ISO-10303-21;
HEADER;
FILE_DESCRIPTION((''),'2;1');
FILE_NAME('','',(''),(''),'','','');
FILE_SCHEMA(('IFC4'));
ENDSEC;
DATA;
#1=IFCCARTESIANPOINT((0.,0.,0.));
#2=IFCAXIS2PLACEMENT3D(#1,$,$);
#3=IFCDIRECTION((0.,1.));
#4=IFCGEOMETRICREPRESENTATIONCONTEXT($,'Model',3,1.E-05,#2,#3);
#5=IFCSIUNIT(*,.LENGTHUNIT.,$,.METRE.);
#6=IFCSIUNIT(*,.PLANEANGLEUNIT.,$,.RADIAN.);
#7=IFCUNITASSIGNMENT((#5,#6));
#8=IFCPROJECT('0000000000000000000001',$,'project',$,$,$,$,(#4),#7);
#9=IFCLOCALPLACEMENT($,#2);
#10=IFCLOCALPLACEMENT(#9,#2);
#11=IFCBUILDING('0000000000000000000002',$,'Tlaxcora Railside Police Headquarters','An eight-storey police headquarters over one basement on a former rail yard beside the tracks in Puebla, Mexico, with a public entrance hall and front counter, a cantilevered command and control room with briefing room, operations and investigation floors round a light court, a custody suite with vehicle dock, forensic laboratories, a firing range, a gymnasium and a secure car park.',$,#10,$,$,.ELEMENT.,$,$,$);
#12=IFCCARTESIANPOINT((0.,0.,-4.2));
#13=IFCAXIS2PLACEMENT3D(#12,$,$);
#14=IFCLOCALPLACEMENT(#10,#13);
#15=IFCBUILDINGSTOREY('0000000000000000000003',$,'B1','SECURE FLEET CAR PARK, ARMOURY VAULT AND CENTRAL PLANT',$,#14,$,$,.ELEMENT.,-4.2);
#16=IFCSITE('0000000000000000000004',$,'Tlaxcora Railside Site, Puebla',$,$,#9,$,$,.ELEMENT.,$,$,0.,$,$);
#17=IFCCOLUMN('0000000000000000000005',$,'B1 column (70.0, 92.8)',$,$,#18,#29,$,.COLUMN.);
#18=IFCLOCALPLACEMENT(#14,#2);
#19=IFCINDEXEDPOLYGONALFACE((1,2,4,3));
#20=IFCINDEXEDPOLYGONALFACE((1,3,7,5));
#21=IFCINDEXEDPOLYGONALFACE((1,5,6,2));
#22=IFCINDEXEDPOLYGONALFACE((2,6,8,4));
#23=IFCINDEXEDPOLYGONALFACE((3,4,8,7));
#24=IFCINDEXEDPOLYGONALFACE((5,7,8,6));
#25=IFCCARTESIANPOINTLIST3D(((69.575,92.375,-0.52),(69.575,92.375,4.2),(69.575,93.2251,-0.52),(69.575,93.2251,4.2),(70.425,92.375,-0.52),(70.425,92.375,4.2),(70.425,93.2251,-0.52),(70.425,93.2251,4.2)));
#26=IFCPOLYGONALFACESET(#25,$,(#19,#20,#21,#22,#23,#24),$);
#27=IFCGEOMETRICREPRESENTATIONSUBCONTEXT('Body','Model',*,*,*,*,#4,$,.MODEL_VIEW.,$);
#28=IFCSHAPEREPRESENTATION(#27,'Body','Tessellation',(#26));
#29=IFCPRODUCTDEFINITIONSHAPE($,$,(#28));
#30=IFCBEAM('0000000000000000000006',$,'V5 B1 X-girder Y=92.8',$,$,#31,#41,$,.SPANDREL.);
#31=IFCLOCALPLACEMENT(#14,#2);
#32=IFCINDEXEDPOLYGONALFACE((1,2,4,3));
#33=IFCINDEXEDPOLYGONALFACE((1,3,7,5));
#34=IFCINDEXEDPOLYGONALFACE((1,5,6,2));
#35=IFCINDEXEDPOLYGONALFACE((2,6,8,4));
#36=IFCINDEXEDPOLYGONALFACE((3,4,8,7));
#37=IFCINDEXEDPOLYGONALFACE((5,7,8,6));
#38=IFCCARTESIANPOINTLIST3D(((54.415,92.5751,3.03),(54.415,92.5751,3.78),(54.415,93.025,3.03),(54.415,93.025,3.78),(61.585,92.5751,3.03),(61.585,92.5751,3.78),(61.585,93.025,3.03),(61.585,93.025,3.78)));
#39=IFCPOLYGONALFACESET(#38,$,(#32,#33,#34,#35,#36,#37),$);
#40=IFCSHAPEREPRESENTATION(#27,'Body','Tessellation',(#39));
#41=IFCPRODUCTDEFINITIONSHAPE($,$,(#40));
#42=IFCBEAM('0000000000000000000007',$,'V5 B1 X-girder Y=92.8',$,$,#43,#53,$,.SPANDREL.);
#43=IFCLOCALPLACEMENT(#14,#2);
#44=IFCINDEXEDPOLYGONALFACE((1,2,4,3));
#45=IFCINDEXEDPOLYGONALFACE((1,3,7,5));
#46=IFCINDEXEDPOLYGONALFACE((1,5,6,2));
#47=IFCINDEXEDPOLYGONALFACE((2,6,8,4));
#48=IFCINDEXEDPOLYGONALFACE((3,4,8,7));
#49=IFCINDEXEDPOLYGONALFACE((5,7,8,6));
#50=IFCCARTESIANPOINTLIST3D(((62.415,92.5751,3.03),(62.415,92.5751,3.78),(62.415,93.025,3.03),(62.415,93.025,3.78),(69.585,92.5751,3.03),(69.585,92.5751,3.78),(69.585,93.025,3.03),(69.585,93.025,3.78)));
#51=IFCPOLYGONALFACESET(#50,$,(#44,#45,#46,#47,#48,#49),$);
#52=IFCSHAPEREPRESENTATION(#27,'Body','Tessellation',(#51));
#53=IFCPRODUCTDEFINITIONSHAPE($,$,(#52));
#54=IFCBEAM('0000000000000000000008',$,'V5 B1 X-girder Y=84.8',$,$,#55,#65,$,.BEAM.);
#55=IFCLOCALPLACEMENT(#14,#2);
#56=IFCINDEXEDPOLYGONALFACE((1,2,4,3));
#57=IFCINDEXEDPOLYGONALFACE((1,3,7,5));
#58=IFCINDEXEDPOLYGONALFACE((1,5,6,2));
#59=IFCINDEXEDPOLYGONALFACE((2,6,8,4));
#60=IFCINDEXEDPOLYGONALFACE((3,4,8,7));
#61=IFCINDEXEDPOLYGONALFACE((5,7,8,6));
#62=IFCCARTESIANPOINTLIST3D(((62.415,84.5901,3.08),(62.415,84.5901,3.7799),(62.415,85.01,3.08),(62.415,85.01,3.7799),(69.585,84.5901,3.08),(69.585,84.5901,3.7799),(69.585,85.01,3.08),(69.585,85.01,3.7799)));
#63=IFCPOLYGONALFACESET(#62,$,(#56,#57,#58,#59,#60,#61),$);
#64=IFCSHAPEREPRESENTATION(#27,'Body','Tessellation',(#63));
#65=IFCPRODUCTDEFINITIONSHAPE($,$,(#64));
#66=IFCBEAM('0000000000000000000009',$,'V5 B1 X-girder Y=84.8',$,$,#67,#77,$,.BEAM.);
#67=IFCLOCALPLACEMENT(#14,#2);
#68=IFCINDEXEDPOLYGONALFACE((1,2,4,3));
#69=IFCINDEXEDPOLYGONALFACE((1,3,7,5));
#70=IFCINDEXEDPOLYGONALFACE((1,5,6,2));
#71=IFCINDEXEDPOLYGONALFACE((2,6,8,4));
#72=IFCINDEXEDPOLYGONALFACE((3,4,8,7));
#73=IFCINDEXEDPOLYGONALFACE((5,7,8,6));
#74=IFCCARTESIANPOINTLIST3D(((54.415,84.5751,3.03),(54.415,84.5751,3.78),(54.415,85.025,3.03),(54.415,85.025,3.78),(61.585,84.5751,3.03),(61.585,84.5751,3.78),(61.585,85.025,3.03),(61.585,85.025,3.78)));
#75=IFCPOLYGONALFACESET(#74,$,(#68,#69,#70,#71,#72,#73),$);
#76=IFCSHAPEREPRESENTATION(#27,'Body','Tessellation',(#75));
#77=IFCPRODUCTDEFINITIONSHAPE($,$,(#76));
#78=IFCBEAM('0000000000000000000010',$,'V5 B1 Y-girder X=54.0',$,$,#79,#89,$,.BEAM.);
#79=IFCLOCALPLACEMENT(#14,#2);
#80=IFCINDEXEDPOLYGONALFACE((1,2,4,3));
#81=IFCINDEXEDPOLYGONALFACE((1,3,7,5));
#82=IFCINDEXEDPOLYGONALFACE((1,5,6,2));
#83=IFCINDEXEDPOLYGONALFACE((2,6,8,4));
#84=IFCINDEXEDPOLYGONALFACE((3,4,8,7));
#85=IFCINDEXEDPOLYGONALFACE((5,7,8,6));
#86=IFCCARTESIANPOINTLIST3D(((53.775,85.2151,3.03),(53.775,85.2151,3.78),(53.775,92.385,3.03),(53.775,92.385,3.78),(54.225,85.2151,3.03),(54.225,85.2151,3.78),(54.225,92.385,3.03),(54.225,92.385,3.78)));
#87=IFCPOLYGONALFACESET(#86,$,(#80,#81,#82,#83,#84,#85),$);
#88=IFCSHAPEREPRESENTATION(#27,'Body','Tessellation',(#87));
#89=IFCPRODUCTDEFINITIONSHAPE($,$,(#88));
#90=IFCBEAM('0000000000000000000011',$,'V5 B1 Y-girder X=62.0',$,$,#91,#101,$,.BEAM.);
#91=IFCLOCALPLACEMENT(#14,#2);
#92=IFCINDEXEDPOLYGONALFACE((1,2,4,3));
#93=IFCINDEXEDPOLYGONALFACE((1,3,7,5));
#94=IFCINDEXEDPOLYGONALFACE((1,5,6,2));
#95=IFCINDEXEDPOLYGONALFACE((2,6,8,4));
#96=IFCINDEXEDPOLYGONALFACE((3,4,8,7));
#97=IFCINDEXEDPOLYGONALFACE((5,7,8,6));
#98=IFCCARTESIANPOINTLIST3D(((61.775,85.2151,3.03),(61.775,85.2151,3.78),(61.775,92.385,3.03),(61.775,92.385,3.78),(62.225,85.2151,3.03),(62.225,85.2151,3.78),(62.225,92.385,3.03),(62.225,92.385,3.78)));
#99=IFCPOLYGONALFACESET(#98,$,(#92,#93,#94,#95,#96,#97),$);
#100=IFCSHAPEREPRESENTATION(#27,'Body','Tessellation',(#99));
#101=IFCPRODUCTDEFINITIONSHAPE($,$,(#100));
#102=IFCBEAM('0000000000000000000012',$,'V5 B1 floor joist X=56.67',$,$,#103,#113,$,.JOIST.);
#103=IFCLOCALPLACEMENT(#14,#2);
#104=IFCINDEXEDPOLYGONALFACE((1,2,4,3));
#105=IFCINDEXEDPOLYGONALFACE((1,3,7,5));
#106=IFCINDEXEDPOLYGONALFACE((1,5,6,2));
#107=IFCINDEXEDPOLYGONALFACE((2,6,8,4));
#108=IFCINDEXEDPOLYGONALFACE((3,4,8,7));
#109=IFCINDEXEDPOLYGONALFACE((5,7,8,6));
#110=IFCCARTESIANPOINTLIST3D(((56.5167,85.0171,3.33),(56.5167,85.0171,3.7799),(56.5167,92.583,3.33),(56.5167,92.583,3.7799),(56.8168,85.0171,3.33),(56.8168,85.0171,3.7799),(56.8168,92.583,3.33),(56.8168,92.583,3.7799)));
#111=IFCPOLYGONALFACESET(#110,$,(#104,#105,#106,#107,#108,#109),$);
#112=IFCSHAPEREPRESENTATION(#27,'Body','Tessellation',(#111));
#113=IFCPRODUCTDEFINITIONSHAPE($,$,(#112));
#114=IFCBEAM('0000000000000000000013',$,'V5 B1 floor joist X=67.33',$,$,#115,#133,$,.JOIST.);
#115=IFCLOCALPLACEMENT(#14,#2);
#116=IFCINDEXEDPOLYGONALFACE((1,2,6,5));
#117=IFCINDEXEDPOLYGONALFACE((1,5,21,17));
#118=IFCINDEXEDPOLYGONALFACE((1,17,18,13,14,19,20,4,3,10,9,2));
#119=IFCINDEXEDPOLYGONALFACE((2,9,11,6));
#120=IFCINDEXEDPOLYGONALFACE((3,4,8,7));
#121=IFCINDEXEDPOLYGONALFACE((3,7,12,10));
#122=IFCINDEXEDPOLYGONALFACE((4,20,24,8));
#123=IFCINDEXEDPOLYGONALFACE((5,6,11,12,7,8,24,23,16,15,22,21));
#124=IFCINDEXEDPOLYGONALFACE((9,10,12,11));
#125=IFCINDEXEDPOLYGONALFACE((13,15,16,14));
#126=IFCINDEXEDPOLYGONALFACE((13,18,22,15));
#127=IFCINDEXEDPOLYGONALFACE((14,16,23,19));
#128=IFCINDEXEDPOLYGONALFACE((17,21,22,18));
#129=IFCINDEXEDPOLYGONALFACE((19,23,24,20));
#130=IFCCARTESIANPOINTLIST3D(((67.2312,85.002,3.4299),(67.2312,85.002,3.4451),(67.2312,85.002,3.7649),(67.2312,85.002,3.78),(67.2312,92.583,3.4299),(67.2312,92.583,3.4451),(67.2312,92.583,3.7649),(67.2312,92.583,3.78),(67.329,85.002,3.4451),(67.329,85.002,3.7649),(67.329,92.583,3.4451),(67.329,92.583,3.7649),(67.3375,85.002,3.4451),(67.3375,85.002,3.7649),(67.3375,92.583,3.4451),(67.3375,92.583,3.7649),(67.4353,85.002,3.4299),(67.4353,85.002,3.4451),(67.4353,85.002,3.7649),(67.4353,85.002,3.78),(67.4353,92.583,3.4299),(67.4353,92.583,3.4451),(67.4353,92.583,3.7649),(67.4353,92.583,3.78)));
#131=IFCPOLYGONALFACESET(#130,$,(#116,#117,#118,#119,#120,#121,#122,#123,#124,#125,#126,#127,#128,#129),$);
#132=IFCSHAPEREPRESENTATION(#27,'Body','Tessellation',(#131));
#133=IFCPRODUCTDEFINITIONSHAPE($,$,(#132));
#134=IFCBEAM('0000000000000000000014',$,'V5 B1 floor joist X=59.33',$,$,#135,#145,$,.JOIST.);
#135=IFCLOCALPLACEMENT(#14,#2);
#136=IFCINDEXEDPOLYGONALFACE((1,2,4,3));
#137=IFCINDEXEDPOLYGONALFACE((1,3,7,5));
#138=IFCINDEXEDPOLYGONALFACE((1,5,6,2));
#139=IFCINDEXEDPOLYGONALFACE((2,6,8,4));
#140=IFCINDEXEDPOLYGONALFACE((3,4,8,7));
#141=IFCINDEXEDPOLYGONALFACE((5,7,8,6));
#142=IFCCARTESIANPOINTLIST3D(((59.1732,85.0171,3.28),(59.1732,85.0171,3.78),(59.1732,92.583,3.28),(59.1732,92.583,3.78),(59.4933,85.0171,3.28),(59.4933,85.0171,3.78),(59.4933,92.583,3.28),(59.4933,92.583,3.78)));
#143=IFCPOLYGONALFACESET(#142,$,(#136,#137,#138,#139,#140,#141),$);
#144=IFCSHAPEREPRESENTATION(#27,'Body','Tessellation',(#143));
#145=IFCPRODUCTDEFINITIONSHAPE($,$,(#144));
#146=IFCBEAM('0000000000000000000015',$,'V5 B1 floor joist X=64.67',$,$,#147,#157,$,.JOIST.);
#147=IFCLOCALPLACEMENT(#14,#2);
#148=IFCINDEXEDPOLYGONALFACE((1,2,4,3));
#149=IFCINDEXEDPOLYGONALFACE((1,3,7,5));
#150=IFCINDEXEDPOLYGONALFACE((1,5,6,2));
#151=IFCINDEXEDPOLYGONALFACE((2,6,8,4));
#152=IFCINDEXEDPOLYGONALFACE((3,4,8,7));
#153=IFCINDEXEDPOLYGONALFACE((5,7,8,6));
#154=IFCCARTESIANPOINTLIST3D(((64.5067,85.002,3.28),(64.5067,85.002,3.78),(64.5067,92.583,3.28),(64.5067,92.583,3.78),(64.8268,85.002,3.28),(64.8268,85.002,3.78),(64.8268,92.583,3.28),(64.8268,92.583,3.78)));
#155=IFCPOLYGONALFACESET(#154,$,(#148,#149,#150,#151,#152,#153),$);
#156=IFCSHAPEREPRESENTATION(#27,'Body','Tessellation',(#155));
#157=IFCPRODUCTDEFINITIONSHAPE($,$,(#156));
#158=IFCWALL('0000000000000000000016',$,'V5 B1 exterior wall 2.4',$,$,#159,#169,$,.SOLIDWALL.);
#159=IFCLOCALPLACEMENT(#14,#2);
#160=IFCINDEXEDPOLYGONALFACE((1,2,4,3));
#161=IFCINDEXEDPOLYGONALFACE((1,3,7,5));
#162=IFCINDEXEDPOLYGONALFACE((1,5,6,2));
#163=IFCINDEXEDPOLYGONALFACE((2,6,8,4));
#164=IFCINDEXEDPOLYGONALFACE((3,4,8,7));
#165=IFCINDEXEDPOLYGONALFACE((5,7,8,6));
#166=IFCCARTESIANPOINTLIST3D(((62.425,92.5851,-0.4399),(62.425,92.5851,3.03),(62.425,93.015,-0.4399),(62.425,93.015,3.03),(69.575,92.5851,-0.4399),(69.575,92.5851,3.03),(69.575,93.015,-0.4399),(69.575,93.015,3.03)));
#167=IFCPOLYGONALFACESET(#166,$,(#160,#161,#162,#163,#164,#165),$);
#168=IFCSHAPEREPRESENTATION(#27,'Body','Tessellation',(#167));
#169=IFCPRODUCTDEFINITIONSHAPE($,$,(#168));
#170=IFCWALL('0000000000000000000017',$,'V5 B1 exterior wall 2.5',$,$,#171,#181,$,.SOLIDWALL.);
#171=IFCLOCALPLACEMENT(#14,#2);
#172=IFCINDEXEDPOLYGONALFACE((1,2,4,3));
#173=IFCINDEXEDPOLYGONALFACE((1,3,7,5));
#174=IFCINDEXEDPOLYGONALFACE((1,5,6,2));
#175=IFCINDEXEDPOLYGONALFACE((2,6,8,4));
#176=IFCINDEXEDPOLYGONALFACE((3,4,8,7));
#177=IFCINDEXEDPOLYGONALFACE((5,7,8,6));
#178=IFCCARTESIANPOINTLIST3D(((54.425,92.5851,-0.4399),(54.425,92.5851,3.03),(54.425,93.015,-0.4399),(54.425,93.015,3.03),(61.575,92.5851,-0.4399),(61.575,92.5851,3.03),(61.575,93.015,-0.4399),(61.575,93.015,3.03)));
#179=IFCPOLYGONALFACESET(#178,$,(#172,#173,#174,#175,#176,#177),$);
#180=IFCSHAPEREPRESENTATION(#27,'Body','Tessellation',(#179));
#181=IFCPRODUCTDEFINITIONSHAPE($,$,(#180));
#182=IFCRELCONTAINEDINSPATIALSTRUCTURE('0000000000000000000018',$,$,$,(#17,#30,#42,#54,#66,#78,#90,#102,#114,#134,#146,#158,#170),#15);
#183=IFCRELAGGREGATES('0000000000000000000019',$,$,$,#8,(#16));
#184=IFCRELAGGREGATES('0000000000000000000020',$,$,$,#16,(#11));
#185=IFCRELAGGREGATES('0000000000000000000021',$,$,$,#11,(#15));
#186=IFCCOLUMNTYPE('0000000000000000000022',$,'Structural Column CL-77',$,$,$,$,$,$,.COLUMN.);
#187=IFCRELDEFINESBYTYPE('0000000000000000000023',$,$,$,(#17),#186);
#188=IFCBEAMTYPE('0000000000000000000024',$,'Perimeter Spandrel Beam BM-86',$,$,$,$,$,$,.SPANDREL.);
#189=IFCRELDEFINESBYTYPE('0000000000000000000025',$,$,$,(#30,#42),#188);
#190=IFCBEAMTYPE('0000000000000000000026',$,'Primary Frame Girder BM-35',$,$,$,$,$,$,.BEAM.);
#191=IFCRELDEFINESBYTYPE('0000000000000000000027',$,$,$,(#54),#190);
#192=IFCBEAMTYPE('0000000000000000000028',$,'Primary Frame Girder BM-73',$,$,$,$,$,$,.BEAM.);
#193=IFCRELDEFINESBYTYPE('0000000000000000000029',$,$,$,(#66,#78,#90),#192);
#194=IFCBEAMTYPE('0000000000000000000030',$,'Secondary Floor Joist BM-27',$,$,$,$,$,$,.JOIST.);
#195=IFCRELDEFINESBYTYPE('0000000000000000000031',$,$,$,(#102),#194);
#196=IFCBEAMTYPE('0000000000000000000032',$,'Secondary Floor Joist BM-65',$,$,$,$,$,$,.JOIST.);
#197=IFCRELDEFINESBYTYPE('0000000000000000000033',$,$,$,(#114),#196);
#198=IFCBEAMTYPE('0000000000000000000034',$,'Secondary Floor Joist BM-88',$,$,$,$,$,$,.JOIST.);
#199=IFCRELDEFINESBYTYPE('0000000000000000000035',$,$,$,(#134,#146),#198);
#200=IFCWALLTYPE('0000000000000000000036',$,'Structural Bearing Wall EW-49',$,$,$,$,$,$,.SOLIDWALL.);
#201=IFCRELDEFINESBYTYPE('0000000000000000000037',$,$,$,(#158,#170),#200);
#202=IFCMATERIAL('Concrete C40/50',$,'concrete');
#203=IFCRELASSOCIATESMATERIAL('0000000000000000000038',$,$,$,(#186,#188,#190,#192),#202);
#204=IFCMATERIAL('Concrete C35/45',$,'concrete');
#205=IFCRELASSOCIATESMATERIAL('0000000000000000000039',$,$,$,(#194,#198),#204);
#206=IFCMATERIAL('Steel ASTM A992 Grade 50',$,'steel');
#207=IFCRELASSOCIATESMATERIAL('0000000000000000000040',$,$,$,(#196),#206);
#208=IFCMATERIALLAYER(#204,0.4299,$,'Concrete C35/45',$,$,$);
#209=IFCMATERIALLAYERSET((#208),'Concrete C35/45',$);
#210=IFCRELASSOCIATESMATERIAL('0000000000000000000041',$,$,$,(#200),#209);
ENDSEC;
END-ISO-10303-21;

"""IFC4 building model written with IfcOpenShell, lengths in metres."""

from ifc_helpers import new_model, si_unit, direction, frame, frame_2d, origin, origin_2d, place, context, subcontext, project, spatial, rectangle, i_section, extrude, material, layer, layer_set, material_profile, profile_set, type_object, element, save


model = new_model("IFC4")

# Units and contexts
model_context = context("Model", 3, precision=1e-05, world=origin(), true_north=direction((0.0, 1.0)))
body_context = subcontext(model_context, "Body", "Model", "MODEL_VIEW")
ifc_project = project(units=[si_unit("LENGTHUNIT", "METRE"), si_unit("PLANEANGLEUNIT", "RADIAN")], contexts=[model_context])

# Site, building, storey
site_placement = place(None, origin())
site = spatial("IfcSite", under=ifc_project, at=site_placement, Name="Tlaxcora Railside Site, Puebla", CompositionType="ELEMENT", RefElevation=0.0)
building_placement = place(site_placement, origin())
building = spatial("IfcBuilding", under=site, at=building_placement, Name="Tlaxcora Railside Police Headquarters", Description="An eight-storey police headquarters over one basement on a former rail yard beside the tracks in Puebla, Mexico, with a public entrance hall and front counter, a cantilevered command and control room with briefing room, operations and investigation floors round a light court, a custody suite with vehicle dock, forensic laboratories, a firing range, a gymnasium and a secure car park.", CompositionType="ELEMENT")
storey_placement = place(building_placement, frame((0.0, 0.0, -4.2)))
storey = spatial("IfcBuildingStorey", under=building, at=storey_placement, Name="B1", Description="SECURE FLEET CAR PARK, ARMOURY VAULT AND CENTRAL PLANT", CompositionType="ELEMENT", Elevation=-4.2)

# Shared definitions
ifc_material_1 = material(Name="Concrete C35/45", Category="concrete")

# Shared definitions
ifc_material_2 = material(Name="Concrete C40/50", Category="concrete")

# Column
ifc_material_profile_1 = material_profile(ifc_material_2, rectangle(XDim=0.8501, YDim=0.8501, at=origin_2d()), Name="RC850X850")
ifc_profile_set_1 = profile_set([ifc_material_profile_1], Name="Concrete C40/50")
column_type = type_object("IfcColumnType", Name="Structural Column CL-77", PredefinedType="COLUMN", material=ifc_profile_set_1)
for number, where, z_axis, x_axis, name in (
    (1, (70.0, 92.8, -0.52), (0.0, 0.0, 1.0), (1.0, 0.0, 0.0), "B1 column (70.0, 92.8)"),
):
    element("IfcColumn", number, at=place(storey_placement, frame(where, z_axis=z_axis, x_axis=x_axis)), inside=storey, type_object=column_type, Name=name, PredefinedType="COLUMN", context=body_context, shape_type="SweptSolid", body=[
        extrude(rectangle(XDim=0.8501, YDim=0.8501, at=origin_2d()), origin(), (0.0, 0.0, 1.0), 4.72),
    ])

# Beams
ifc_material_profile_2 = material_profile(ifc_material_2, rectangle(XDim=0.45, YDim=0.75, at=origin_2d()), Name="RC450X750")
ifc_profile_set_2 = profile_set([ifc_material_profile_2], Name="Concrete C40/50")
beam_type_1 = type_object("IfcBeamType", Name="Perimeter Spandrel Beam BM-86", PredefinedType="SPANDREL", material=ifc_profile_set_2)
for number, where, z_axis, x_axis, name in (
    (2, (54.415, 92.8, 3.405), (1.0, 0.0, 0.0), (0.0, 1.0, 0.0), "V5 B1 X-girder Y=92.8"),
    (3, (62.415, 92.8, 3.405), (1.0, 0.0, 0.0), (0.0, 1.0, 0.0), "V5 B1 X-girder Y=92.8"),
):
    element("IfcBeam", number, at=place(storey_placement, frame(where, z_axis=z_axis, x_axis=x_axis)), inside=storey, type_object=beam_type_1, Name=name, PredefinedType="SPANDREL", context=body_context, shape_type="SweptSolid", body=[
        extrude(rectangle(XDim=0.45, YDim=0.75, at=origin_2d()), origin(), (0.0, 0.0, 1.0), 7.1699),
    ])
ifc_material_profile_3 = material_profile(ifc_material_2, rectangle(XDim=0.4199, YDim=0.7, at=origin_2d()), Name="RC420X700")
ifc_profile_set_3 = profile_set([ifc_material_profile_3], Name="Concrete C40/50")
beam_type_2 = type_object("IfcBeamType", Name="Primary Frame Girder BM-35", PredefinedType="BEAM", material=ifc_profile_set_3)
beam_1_placement = place(storey_placement, frame((62.415, 84.8, 3.4299), z_axis=(1.0, 0.0, 0.0), x_axis=(0.0, 1.0, 0.0)))
element("IfcBeam", 4, at=beam_1_placement, inside=storey, type_object=beam_type_2, Name="V5 B1 X-girder Y=84.8", PredefinedType="BEAM", context=body_context, shape_type="SweptSolid", body=[
    extrude(rectangle(XDim=0.4199, YDim=0.7, at=origin_2d()), origin(), (0.0, 0.0, 1.0), 7.1699),
])
ifc_material_profile_4 = material_profile(ifc_material_2, rectangle(XDim=0.45, YDim=0.75, at=origin_2d()), Name="RC450X750")
ifc_profile_set_4 = profile_set([ifc_material_profile_4], Name="Concrete C40/50")
beam_type_3 = type_object("IfcBeamType", Name="Primary Frame Girder BM-73", PredefinedType="BEAM", material=ifc_profile_set_4)
for number, where, z_axis, x_axis, name in (
    (5, (54.415, 84.8, 3.405), (1.0, 0.0, 0.0), (0.0, 1.0, 0.0), "V5 B1 X-girder Y=84.8"),
    (6, (54.0, 85.2151, 3.405), (0.0, 1.0, 0.0), (-1.0, 0.0, 0.0), "V5 B1 Y-girder X=54.0"),
    (7, (62.0, 85.2151, 3.405), (0.0, 1.0, 0.0), (-1.0, 0.0, 0.0), "V5 B1 Y-girder X=62.0"),
):
    element("IfcBeam", number, at=place(storey_placement, frame(where, z_axis=z_axis, x_axis=x_axis)), inside=storey, type_object=beam_type_3, Name=name, PredefinedType="BEAM", context=body_context, shape_type="SweptSolid", body=[
        extrude(rectangle(XDim=0.45, YDim=0.75, at=origin_2d()), origin(), (0.0, 0.0, 1.0), 7.1699),
    ])
ifc_material_profile_5 = material_profile(ifc_material_1, rectangle(XDim=0.3, YDim=0.45, at=origin_2d()), Name="RC300X450")
ifc_profile_set_5 = profile_set([ifc_material_profile_5], Name="Concrete C35/45")
beam_type_4 = type_object("IfcBeamType", Name="Secondary Floor Joist BM-27", PredefinedType="JOIST", material=ifc_profile_set_5)
beam_2_placement = place(storey_placement, frame((56.6667, 85.0171, 3.5549), z_axis=(0.0, 1.0, 0.0), x_axis=(-1.0, 0.0, 0.0)))
element("IfcBeam", 8, at=beam_2_placement, inside=storey, type_object=beam_type_4, Name="V5 B1 floor joist X=56.67", PredefinedType="JOIST", context=body_context, shape_type="SweptSolid", body=[
    extrude(rectangle(XDim=0.3, YDim=0.45, at=origin_2d()), origin(), (0.0, 0.0, 1.0), 7.5659),
])
ifc_material_3 = material(Name="Steel ASTM A992 Grade 50", Category="steel")
ifc_material_profile_6 = material_profile(ifc_material_3, i_section(OverallWidth=0.2041, OverallDepth=0.3501, WebThickness=0.0085, FlangeThickness=0.0151, at=origin_2d()), Name="W14X48")
ifc_profile_set_6 = profile_set([ifc_material_profile_6], Name="Steel ASTM A992 Grade 50")
beam_type_5 = type_object("IfcBeamType", Name="Secondary Floor Joist BM-65", PredefinedType="JOIST", material=ifc_profile_set_6)
beam_3_placement = place(storey_placement, frame((67.3333, 85.002, 3.605), z_axis=(0.0, 1.0, 0.0), x_axis=(-1.0, 0.0, 0.0)))
element("IfcBeam", 9, at=beam_3_placement, inside=storey, type_object=beam_type_5, Name="V5 B1 floor joist X=67.33", PredefinedType="JOIST", context=body_context, shape_type="SweptSolid", body=[
    extrude(i_section(OverallWidth=0.2041, OverallDepth=0.3501, WebThickness=0.0085, FlangeThickness=0.0151, at=origin_2d()), origin(), (0.0, 0.0, 1.0), 7.5811),
])
ifc_material_profile_7 = material_profile(ifc_material_1, rectangle(XDim=0.3201, YDim=0.5, at=origin_2d()), Name="RC320X500")
ifc_profile_set_7 = profile_set([ifc_material_profile_7], Name="Concrete C35/45")
beam_type_6 = type_object("IfcBeamType", Name="Secondary Floor Joist BM-88", PredefinedType="JOIST", material=ifc_profile_set_7)
beam_4_placement = place(storey_placement, frame((59.3333, 85.0171, 3.53), z_axis=(0.0, 1.0, 0.0), x_axis=(-1.0, 0.0, 0.0)))
element("IfcBeam", 10, at=beam_4_placement, inside=storey, type_object=beam_type_6, Name="V5 B1 floor joist X=59.33", PredefinedType="JOIST", context=body_context, shape_type="SweptSolid", body=[
    extrude(rectangle(XDim=0.3201, YDim=0.5, at=origin_2d()), origin(), (0.0, 0.0, 1.0), 7.5659),
])
beam_5_placement = place(storey_placement, frame((64.6667, 85.002, 3.53), z_axis=(0.0, 1.0, 0.0), x_axis=(-1.0, 0.0, 0.0)))
element("IfcBeam", 11, at=beam_5_placement, inside=storey, type_object=beam_type_6, Name="V5 B1 floor joist X=64.67", PredefinedType="JOIST", context=body_context, shape_type="SweptSolid", body=[
    extrude(rectangle(XDim=0.3201, YDim=0.5, at=origin_2d()), origin(), (0.0, 0.0, 1.0), 7.5811),
])

# Walls
ifc_layer_1 = layer(ifc_material_1, 0.4299, Name="Concrete C35/45")
ifc_layer_set_1 = layer_set([ifc_layer_1], Name="Concrete C35/45")
wall_type = type_object("IfcWallType", Name="Structural Bearing Wall EW-49", PredefinedType="SOLIDWALL", material=ifc_layer_set_1)
for number, where, z_axis, x_axis, name in (
    (12, (69.575, 92.8, -0.4399), (0.0, 0.0, 1.0), (-1.0, 0.0, 0.0), "V5 B1 exterior wall 2.4"),
    (13, (61.575, 92.8, -0.4399), (0.0, 0.0, 1.0), (-1.0, 0.0, 0.0), "V5 B1 exterior wall 2.5"),
):
    element("IfcWall", number, at=place(storey_placement, frame(where, z_axis=z_axis, x_axis=x_axis)), inside=storey, type_object=wall_type, Name=name, PredefinedType="SOLIDWALL", context=body_context, shape_type="SweptSolid", body=[
        extrude(rectangle(XDim=7.1499, YDim=0.4299, at=frame_2d((3.575, 0.0))), origin(), (0.0, 0.0, 1.0), 3.47),
    ])

save(model, "model.ifc")
